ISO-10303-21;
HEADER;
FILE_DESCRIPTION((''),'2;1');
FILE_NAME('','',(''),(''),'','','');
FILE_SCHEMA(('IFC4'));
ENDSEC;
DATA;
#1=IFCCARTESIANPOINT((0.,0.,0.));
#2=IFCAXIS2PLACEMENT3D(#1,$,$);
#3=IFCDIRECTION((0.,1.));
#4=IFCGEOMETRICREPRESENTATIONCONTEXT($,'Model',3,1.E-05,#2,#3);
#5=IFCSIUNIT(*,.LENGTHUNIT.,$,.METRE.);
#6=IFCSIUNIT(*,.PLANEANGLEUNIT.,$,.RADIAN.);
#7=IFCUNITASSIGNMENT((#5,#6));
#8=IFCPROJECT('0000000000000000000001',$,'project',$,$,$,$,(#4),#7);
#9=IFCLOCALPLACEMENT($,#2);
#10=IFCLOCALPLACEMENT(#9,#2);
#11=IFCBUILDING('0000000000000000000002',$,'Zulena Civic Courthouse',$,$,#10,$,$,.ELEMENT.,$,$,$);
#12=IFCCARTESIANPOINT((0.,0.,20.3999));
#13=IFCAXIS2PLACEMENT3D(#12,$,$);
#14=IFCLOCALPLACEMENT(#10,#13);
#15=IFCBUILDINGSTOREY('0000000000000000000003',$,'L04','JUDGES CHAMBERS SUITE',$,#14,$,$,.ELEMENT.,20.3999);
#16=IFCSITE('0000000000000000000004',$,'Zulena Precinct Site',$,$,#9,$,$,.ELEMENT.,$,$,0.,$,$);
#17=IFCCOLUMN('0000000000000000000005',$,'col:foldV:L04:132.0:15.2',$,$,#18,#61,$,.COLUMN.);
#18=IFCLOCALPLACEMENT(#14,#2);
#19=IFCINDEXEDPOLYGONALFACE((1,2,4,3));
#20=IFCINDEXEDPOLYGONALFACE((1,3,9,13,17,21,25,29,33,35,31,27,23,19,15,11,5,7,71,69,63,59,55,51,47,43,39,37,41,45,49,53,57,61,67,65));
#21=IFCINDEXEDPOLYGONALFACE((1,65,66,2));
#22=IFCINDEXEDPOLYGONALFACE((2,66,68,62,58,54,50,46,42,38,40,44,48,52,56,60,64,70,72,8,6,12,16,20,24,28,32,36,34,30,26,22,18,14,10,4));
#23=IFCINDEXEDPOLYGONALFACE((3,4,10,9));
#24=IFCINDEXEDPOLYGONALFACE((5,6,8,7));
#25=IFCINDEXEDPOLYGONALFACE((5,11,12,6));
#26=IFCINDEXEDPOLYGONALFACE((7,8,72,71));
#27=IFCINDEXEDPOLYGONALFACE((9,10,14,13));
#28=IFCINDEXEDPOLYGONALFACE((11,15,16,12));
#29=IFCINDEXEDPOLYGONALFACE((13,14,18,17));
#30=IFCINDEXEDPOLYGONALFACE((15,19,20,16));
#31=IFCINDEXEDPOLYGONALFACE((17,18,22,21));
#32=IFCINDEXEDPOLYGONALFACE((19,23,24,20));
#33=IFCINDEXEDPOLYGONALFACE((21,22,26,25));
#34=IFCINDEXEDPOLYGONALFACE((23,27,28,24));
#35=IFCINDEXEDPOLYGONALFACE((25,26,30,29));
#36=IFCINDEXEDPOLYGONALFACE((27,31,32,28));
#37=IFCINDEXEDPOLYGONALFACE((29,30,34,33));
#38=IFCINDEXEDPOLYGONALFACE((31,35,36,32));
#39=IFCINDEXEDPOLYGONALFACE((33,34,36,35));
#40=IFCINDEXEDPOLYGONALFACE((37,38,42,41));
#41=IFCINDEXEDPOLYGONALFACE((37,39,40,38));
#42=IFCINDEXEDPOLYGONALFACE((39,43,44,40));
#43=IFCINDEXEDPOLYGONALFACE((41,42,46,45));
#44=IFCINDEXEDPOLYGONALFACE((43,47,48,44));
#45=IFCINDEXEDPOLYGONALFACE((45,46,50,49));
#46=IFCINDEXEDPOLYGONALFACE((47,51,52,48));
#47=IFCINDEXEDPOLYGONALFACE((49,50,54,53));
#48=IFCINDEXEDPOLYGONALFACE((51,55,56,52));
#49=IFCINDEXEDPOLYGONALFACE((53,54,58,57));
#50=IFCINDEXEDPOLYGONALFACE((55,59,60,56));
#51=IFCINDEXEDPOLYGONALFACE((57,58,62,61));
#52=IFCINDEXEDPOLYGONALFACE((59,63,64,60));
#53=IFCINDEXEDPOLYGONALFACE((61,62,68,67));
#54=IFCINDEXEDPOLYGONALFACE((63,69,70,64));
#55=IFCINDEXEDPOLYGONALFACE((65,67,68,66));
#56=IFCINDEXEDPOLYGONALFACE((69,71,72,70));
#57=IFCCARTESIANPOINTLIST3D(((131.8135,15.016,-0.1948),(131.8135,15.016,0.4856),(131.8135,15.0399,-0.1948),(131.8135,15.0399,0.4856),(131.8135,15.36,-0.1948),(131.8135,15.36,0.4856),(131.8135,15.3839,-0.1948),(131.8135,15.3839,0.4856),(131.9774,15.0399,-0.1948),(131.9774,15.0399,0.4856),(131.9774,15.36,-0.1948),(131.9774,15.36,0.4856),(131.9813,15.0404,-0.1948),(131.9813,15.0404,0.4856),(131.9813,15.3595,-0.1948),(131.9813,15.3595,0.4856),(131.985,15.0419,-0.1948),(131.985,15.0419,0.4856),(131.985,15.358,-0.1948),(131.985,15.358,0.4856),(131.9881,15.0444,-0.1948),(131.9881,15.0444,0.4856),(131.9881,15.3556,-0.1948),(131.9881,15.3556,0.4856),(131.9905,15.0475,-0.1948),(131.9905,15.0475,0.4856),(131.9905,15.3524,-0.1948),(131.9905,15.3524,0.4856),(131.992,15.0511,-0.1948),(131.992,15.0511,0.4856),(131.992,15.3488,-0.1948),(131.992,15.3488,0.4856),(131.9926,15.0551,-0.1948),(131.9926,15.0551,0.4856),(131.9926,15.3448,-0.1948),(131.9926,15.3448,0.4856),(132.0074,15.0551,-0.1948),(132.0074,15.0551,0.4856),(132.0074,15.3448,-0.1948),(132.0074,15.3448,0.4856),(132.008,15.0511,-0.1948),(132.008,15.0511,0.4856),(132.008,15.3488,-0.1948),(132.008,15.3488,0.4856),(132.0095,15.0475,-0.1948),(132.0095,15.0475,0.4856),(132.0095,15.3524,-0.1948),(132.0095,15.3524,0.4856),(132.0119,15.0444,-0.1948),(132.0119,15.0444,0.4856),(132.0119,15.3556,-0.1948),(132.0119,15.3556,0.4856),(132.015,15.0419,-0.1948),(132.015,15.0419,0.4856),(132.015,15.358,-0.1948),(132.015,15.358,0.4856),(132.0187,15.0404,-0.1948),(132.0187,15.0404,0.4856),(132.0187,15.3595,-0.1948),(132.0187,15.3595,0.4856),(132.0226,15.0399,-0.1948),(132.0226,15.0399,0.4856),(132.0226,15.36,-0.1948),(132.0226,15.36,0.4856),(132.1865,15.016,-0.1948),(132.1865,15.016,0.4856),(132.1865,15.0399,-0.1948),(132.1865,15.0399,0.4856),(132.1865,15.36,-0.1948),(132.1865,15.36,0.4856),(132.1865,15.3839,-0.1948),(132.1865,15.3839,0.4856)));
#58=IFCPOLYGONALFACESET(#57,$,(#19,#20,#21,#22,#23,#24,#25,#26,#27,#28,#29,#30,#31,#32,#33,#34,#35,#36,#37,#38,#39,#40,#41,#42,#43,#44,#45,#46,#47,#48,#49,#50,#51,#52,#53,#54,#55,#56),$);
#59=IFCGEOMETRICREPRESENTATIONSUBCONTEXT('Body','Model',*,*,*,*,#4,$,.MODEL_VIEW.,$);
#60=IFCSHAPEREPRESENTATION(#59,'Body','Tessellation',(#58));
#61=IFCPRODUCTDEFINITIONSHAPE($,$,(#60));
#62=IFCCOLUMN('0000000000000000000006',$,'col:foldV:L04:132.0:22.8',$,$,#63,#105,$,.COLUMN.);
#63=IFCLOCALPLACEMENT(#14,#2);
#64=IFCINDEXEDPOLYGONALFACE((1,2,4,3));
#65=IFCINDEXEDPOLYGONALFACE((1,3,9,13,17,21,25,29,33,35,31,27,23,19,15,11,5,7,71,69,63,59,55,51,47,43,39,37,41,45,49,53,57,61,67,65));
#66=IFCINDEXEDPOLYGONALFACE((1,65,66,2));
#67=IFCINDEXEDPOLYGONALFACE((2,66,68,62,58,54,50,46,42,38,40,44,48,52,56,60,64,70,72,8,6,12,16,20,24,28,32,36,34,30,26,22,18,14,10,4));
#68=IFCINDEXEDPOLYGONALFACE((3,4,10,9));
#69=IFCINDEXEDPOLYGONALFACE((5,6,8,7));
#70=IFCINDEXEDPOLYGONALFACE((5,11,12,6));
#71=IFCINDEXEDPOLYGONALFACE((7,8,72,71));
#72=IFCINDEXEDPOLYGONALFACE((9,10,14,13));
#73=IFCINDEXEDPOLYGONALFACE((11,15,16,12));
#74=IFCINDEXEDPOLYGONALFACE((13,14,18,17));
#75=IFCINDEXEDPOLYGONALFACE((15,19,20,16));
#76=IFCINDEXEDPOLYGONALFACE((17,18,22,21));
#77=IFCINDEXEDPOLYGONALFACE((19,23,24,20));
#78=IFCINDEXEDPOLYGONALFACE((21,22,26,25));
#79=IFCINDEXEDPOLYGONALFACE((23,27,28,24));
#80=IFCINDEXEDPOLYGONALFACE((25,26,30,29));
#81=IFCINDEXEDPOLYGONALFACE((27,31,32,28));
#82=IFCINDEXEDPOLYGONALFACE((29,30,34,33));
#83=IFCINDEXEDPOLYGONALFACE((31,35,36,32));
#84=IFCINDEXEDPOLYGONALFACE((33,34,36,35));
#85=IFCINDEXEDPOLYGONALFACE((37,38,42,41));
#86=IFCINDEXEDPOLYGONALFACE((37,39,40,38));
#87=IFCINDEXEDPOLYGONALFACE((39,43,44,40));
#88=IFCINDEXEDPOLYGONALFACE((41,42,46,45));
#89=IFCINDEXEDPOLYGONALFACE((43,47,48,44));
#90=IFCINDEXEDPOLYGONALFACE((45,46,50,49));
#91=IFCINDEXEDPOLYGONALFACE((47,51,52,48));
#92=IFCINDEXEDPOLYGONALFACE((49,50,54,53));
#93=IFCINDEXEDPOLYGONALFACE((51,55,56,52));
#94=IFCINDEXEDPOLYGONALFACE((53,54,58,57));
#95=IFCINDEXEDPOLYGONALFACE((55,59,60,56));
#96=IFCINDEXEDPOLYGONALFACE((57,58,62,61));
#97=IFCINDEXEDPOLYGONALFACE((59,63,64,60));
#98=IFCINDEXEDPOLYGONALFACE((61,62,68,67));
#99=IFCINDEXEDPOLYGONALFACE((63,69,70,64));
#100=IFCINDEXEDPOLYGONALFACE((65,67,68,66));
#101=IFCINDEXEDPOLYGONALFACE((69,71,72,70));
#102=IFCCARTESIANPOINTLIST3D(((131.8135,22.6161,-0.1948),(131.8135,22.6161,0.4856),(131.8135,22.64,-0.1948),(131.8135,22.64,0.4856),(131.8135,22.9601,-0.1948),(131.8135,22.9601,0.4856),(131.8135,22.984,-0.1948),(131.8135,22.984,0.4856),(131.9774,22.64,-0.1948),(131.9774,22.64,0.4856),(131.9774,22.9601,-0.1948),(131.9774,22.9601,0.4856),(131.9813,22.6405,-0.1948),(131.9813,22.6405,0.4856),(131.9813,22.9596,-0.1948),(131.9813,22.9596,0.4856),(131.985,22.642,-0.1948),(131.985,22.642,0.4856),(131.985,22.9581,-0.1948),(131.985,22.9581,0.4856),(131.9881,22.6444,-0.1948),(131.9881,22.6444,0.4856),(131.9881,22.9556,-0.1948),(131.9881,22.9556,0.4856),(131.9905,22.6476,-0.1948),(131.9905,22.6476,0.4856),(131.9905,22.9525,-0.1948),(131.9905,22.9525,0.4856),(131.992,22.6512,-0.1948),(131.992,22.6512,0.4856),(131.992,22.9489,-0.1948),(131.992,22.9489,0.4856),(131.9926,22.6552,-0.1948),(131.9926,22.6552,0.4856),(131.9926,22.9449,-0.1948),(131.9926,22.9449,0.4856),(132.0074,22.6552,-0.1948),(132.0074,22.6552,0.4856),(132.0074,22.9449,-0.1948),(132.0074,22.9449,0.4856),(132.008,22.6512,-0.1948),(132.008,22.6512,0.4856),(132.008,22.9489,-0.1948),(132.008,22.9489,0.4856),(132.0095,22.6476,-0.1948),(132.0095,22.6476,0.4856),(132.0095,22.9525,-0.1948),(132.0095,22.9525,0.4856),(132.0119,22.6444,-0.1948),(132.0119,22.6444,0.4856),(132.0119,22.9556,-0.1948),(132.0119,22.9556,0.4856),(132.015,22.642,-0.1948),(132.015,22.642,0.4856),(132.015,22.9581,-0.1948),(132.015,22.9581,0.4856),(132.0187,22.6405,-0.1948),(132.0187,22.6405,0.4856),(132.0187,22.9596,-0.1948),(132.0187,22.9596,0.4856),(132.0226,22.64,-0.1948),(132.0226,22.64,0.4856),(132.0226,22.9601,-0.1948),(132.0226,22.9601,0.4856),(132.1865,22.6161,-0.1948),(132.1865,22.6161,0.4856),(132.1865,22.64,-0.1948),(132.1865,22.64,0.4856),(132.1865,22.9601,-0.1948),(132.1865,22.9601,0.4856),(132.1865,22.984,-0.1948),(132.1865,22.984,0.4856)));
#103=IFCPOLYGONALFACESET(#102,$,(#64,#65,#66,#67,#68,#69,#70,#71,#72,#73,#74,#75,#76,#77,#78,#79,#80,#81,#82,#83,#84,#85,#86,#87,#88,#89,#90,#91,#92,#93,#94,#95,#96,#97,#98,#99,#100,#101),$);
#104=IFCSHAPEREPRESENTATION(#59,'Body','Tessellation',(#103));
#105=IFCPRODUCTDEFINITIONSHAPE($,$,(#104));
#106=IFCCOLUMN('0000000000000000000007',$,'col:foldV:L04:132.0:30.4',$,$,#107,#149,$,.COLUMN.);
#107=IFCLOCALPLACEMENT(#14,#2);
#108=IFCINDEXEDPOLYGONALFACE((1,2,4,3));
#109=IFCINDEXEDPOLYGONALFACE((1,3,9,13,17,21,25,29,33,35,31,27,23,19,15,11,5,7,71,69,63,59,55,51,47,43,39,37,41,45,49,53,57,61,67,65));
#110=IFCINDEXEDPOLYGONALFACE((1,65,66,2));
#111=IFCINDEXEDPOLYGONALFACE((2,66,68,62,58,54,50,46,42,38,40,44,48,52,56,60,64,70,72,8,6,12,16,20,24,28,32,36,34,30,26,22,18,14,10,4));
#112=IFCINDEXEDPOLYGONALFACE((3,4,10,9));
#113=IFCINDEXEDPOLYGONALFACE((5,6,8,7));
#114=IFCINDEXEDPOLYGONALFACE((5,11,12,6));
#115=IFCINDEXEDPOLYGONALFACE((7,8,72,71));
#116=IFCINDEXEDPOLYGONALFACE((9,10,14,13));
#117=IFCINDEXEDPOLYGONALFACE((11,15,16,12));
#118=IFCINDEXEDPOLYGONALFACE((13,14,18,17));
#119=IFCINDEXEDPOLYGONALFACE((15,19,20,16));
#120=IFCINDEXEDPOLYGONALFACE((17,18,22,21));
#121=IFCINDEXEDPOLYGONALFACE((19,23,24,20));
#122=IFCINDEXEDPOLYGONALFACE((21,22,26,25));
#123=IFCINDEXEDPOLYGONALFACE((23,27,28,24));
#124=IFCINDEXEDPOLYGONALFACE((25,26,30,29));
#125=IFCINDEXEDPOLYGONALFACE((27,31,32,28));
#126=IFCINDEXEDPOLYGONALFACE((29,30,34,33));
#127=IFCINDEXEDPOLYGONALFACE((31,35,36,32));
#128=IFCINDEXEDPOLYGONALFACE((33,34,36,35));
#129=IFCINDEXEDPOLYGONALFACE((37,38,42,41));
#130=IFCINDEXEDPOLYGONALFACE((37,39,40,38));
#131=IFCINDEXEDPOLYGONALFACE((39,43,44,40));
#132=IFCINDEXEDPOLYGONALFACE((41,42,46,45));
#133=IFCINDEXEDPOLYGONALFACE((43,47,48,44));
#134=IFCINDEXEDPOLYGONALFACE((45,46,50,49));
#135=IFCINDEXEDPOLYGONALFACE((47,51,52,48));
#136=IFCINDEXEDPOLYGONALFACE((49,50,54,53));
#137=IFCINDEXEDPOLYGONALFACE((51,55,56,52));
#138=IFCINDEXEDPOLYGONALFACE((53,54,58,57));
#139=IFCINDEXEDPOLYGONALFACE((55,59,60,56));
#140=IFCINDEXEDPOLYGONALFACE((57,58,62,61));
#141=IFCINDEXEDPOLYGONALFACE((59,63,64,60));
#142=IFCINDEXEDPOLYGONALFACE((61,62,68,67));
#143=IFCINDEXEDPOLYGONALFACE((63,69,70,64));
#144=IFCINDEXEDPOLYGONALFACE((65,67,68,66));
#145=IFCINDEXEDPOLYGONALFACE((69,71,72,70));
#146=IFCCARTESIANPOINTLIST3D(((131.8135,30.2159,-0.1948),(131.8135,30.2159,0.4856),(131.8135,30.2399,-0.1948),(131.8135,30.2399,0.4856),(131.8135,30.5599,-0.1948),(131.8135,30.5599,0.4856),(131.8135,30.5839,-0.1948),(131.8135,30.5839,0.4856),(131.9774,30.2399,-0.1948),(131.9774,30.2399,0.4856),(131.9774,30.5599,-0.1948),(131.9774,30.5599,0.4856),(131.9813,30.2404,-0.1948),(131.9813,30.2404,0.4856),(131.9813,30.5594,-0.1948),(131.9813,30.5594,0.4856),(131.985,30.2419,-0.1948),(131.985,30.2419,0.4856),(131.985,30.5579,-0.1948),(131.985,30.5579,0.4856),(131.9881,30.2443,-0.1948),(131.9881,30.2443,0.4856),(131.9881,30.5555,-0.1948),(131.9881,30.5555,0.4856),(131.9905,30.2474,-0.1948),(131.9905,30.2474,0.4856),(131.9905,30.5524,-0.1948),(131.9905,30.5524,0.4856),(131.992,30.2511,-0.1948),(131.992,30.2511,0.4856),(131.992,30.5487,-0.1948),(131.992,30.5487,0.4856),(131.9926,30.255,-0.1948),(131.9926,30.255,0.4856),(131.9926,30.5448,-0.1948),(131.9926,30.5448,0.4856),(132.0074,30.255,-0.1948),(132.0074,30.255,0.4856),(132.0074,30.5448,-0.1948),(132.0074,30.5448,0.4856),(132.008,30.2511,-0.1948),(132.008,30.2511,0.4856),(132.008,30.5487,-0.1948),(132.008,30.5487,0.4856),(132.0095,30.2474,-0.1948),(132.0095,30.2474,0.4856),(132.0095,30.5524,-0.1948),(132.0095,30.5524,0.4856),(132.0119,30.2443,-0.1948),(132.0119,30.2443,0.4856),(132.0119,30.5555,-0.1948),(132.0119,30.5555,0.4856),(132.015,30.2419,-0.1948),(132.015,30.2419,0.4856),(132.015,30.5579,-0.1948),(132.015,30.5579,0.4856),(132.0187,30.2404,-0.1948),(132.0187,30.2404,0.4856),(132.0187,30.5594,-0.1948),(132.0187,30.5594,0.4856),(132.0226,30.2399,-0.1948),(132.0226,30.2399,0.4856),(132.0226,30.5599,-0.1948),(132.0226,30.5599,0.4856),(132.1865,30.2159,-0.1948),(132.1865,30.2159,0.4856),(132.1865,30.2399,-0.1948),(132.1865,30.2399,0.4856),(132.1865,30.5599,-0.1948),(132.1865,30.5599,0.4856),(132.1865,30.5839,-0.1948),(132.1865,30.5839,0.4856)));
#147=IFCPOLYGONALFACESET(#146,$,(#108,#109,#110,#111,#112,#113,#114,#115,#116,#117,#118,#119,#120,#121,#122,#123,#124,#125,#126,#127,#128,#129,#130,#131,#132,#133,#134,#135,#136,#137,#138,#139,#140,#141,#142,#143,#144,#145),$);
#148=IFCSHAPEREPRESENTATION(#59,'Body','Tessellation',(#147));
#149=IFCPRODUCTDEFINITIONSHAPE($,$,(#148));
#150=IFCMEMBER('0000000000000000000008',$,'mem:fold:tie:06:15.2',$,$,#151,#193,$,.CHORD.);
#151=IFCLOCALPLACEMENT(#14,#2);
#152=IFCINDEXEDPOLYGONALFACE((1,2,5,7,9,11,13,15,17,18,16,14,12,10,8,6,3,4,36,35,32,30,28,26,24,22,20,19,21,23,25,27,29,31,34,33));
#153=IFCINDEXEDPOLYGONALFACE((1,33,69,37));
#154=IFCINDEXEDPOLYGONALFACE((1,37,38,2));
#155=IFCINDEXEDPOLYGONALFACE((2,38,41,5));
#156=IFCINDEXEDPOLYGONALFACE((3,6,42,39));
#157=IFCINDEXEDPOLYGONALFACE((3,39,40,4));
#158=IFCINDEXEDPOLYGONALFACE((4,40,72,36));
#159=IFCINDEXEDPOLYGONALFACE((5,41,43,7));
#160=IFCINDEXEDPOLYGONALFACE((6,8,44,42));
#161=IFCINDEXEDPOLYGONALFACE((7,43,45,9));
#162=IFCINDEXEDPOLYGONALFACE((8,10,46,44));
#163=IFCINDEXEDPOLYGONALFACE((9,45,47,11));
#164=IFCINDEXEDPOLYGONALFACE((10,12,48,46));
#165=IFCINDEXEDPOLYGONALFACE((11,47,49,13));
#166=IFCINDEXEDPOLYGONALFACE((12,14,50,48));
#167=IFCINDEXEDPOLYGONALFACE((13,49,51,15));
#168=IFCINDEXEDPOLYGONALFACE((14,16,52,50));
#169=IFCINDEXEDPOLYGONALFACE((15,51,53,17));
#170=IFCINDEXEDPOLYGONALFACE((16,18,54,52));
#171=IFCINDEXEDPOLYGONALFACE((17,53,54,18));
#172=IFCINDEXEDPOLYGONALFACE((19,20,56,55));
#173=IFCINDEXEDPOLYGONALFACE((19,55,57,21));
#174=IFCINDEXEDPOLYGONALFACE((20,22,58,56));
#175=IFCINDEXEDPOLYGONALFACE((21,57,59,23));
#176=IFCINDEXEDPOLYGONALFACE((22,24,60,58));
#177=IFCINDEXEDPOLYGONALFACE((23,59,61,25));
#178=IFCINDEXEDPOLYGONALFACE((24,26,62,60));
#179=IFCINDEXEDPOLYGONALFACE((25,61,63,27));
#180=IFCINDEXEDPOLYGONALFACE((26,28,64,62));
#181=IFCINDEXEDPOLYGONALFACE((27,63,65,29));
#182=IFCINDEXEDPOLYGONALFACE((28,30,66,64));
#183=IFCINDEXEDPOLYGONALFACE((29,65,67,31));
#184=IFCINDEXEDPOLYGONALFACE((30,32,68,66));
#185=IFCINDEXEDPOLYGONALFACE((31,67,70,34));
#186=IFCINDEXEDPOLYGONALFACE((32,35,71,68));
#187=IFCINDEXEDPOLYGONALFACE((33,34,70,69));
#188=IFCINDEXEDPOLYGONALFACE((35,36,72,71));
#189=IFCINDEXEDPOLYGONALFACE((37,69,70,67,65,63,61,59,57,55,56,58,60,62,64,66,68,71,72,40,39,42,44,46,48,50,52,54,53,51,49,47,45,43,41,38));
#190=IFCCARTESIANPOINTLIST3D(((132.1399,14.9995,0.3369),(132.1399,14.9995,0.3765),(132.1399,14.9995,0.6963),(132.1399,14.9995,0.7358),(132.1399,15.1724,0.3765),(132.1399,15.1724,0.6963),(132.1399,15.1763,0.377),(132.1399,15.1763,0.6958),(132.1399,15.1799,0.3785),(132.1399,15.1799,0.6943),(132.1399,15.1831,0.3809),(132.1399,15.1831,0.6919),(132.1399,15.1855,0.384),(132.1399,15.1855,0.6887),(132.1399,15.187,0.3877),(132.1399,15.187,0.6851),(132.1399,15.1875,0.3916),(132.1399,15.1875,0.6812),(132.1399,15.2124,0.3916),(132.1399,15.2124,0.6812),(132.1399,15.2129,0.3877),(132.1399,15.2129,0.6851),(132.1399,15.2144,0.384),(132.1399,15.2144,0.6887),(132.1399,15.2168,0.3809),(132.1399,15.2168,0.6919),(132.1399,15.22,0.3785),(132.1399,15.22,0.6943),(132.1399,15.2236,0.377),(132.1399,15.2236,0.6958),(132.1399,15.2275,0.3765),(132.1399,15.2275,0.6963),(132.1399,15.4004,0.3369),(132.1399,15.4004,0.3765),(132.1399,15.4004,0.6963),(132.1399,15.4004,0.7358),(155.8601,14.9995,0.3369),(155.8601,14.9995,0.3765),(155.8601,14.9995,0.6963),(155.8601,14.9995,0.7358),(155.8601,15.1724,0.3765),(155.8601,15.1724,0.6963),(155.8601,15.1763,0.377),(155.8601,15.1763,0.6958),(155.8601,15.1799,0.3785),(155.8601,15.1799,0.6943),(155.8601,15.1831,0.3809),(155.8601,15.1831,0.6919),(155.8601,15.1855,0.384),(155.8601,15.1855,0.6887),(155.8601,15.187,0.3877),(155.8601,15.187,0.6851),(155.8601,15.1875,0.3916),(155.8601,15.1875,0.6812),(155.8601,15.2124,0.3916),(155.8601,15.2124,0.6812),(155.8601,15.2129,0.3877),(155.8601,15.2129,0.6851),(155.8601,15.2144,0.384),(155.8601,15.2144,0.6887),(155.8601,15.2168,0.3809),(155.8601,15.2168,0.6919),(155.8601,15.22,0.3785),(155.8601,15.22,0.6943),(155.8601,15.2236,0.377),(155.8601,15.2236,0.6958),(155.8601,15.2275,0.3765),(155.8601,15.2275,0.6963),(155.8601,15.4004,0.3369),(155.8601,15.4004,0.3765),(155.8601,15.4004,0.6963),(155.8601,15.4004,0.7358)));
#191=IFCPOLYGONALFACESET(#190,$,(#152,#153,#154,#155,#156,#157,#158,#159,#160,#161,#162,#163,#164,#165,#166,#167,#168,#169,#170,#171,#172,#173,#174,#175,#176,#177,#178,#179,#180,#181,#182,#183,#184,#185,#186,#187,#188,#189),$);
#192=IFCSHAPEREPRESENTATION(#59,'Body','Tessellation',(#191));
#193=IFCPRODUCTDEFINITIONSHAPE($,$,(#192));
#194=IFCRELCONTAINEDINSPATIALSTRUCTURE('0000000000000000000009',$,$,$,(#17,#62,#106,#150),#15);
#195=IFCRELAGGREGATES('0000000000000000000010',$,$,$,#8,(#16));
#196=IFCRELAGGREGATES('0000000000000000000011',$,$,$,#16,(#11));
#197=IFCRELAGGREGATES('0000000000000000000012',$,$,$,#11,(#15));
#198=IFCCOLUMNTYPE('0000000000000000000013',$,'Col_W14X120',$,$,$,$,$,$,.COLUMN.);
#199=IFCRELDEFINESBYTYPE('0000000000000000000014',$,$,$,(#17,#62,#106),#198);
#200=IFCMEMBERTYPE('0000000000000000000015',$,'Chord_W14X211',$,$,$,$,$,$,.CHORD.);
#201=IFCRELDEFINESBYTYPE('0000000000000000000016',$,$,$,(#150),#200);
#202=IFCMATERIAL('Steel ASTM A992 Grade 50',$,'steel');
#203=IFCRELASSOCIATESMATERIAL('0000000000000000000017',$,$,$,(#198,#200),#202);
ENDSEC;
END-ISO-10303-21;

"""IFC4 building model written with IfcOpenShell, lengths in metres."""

from ifc_helpers import new_model, si_unit, direction, frame, origin, origin_2d, place, context, subcontext, project, spatial, i_section, extrude, material, material_profile, profile_set, type_object, element, save


model = new_model("IFC4")

# Units and contexts
model_context = context("Model", 3, precision=1e-05, world=origin(), true_north=direction((0.0, 1.0)))
body_context = subcontext(model_context, "Body", "Model", "MODEL_VIEW")
ifc_project = project(units=[si_unit("LENGTHUNIT", "METRE"), si_unit("PLANEANGLEUNIT", "RADIAN")], contexts=[model_context])

# Site, building, storey
site_placement = place(None, origin())
site = spatial("IfcSite", under=ifc_project, at=site_placement, Name="Zulena Precinct Site", CompositionType="ELEMENT", RefElevation=0.0)
building_placement = place(site_placement, origin())
building = spatial("IfcBuilding", under=site, at=building_placement, Name="Zulena Civic Courthouse", CompositionType="ELEMENT")
storey_placement = place(building_placement, frame((0.0, 0.0, 20.3999)))
storey = spatial("IfcBuildingStorey", under=building, at=storey_placement, Name="L04", Description="JUDGES CHAMBERS SUITE", CompositionType="ELEMENT", Elevation=20.3999)

# Columns
ifc_material_1 = material(Name="Steel ASTM A992 Grade 50", Category="steel")
ifc_material_profile_1 = material_profile(ifc_material_1, i_section(OverallWidth=0.373, OverallDepth=0.3679, WebThickness=0.0149, FlangeThickness=0.0239, FilletRadius=0.0151, at=origin_2d()), Name="W14X120")
ifc_profile_set_1 = profile_set([ifc_material_profile_1], Name="Steel ASTM A992 Grade 50")
column_type = type_object("IfcColumnType", Name="Col_W14X120", PredefinedType="COLUMN", material=ifc_profile_set_1)
for number, where, z_axis, x_axis, name in (
    (1, (132.0, 15.2, -0.1948), (0.0, 0.0, 1.0), (1.0, 0.0, 0.0), "col:foldV:L04:132.0:15.2"),
    (2, (132.0, 22.8, -0.1948), (0.0, 0.0, 1.0), (1.0, 0.0, 0.0), "col:foldV:L04:132.0:22.8"),
    (3, (132.0, 30.3999, -0.1948), (0.0, 0.0, 1.0), (1.0, 0.0, 0.0), "col:foldV:L04:132.0:30.4"),
):
    element("IfcColumn", number, at=place(storey_placement, frame(where, z_axis=z_axis, x_axis=x_axis)), inside=storey, type_object=column_type, Name=name, PredefinedType="COLUMN", context=body_context, shape_type="SweptSolid", body=[
        extrude(i_section(OverallWidth=0.373, OverallDepth=0.3679, WebThickness=0.0149, FlangeThickness=0.0239, FilletRadius=0.0151, at=origin_2d()), origin(), (0.0, 0.0, 1.0), 0.6804),
    ])

# Member
ifc_material_profile_2 = material_profile(ifc_material_1, i_section(OverallWidth=0.4009, OverallDepth=0.3989, WebThickness=0.0249, FlangeThickness=0.0396, FilletRadius=0.0151, at=origin_2d()), Name="W14X211")
ifc_profile_set_2 = profile_set([ifc_material_profile_2], Name="Steel ASTM A992 Grade 50")
member_type_1 = type_object("IfcMemberType", Name="Chord_W14X211", PredefinedType="CHORD", material=ifc_profile_set_2)
for number, where, z_axis, x_axis, name in (
    (4, (132.1399, 15.2, 0.5364), (1.0, 0.0, 0.0), (0.0, 1.0, 0.0), "mem:fold:tie:06:15.2"),
):
    element("IfcMember", number, at=place(storey_placement, frame(where, z_axis=z_axis, x_axis=x_axis)), inside=storey, type_object=member_type_1, Name=name, PredefinedType="CHORD", context=body_context, shape_type="SweptSolid", body=[
        extrude(i_section(OverallWidth=0.4009, OverallDepth=0.3989, WebThickness=0.0249, FlangeThickness=0.0396, FilletRadius=0.0151, at=origin_2d()), origin(), (0.0, 0.0, 1.0), 23.7202),
    ])

save(model, "model.ifc")
